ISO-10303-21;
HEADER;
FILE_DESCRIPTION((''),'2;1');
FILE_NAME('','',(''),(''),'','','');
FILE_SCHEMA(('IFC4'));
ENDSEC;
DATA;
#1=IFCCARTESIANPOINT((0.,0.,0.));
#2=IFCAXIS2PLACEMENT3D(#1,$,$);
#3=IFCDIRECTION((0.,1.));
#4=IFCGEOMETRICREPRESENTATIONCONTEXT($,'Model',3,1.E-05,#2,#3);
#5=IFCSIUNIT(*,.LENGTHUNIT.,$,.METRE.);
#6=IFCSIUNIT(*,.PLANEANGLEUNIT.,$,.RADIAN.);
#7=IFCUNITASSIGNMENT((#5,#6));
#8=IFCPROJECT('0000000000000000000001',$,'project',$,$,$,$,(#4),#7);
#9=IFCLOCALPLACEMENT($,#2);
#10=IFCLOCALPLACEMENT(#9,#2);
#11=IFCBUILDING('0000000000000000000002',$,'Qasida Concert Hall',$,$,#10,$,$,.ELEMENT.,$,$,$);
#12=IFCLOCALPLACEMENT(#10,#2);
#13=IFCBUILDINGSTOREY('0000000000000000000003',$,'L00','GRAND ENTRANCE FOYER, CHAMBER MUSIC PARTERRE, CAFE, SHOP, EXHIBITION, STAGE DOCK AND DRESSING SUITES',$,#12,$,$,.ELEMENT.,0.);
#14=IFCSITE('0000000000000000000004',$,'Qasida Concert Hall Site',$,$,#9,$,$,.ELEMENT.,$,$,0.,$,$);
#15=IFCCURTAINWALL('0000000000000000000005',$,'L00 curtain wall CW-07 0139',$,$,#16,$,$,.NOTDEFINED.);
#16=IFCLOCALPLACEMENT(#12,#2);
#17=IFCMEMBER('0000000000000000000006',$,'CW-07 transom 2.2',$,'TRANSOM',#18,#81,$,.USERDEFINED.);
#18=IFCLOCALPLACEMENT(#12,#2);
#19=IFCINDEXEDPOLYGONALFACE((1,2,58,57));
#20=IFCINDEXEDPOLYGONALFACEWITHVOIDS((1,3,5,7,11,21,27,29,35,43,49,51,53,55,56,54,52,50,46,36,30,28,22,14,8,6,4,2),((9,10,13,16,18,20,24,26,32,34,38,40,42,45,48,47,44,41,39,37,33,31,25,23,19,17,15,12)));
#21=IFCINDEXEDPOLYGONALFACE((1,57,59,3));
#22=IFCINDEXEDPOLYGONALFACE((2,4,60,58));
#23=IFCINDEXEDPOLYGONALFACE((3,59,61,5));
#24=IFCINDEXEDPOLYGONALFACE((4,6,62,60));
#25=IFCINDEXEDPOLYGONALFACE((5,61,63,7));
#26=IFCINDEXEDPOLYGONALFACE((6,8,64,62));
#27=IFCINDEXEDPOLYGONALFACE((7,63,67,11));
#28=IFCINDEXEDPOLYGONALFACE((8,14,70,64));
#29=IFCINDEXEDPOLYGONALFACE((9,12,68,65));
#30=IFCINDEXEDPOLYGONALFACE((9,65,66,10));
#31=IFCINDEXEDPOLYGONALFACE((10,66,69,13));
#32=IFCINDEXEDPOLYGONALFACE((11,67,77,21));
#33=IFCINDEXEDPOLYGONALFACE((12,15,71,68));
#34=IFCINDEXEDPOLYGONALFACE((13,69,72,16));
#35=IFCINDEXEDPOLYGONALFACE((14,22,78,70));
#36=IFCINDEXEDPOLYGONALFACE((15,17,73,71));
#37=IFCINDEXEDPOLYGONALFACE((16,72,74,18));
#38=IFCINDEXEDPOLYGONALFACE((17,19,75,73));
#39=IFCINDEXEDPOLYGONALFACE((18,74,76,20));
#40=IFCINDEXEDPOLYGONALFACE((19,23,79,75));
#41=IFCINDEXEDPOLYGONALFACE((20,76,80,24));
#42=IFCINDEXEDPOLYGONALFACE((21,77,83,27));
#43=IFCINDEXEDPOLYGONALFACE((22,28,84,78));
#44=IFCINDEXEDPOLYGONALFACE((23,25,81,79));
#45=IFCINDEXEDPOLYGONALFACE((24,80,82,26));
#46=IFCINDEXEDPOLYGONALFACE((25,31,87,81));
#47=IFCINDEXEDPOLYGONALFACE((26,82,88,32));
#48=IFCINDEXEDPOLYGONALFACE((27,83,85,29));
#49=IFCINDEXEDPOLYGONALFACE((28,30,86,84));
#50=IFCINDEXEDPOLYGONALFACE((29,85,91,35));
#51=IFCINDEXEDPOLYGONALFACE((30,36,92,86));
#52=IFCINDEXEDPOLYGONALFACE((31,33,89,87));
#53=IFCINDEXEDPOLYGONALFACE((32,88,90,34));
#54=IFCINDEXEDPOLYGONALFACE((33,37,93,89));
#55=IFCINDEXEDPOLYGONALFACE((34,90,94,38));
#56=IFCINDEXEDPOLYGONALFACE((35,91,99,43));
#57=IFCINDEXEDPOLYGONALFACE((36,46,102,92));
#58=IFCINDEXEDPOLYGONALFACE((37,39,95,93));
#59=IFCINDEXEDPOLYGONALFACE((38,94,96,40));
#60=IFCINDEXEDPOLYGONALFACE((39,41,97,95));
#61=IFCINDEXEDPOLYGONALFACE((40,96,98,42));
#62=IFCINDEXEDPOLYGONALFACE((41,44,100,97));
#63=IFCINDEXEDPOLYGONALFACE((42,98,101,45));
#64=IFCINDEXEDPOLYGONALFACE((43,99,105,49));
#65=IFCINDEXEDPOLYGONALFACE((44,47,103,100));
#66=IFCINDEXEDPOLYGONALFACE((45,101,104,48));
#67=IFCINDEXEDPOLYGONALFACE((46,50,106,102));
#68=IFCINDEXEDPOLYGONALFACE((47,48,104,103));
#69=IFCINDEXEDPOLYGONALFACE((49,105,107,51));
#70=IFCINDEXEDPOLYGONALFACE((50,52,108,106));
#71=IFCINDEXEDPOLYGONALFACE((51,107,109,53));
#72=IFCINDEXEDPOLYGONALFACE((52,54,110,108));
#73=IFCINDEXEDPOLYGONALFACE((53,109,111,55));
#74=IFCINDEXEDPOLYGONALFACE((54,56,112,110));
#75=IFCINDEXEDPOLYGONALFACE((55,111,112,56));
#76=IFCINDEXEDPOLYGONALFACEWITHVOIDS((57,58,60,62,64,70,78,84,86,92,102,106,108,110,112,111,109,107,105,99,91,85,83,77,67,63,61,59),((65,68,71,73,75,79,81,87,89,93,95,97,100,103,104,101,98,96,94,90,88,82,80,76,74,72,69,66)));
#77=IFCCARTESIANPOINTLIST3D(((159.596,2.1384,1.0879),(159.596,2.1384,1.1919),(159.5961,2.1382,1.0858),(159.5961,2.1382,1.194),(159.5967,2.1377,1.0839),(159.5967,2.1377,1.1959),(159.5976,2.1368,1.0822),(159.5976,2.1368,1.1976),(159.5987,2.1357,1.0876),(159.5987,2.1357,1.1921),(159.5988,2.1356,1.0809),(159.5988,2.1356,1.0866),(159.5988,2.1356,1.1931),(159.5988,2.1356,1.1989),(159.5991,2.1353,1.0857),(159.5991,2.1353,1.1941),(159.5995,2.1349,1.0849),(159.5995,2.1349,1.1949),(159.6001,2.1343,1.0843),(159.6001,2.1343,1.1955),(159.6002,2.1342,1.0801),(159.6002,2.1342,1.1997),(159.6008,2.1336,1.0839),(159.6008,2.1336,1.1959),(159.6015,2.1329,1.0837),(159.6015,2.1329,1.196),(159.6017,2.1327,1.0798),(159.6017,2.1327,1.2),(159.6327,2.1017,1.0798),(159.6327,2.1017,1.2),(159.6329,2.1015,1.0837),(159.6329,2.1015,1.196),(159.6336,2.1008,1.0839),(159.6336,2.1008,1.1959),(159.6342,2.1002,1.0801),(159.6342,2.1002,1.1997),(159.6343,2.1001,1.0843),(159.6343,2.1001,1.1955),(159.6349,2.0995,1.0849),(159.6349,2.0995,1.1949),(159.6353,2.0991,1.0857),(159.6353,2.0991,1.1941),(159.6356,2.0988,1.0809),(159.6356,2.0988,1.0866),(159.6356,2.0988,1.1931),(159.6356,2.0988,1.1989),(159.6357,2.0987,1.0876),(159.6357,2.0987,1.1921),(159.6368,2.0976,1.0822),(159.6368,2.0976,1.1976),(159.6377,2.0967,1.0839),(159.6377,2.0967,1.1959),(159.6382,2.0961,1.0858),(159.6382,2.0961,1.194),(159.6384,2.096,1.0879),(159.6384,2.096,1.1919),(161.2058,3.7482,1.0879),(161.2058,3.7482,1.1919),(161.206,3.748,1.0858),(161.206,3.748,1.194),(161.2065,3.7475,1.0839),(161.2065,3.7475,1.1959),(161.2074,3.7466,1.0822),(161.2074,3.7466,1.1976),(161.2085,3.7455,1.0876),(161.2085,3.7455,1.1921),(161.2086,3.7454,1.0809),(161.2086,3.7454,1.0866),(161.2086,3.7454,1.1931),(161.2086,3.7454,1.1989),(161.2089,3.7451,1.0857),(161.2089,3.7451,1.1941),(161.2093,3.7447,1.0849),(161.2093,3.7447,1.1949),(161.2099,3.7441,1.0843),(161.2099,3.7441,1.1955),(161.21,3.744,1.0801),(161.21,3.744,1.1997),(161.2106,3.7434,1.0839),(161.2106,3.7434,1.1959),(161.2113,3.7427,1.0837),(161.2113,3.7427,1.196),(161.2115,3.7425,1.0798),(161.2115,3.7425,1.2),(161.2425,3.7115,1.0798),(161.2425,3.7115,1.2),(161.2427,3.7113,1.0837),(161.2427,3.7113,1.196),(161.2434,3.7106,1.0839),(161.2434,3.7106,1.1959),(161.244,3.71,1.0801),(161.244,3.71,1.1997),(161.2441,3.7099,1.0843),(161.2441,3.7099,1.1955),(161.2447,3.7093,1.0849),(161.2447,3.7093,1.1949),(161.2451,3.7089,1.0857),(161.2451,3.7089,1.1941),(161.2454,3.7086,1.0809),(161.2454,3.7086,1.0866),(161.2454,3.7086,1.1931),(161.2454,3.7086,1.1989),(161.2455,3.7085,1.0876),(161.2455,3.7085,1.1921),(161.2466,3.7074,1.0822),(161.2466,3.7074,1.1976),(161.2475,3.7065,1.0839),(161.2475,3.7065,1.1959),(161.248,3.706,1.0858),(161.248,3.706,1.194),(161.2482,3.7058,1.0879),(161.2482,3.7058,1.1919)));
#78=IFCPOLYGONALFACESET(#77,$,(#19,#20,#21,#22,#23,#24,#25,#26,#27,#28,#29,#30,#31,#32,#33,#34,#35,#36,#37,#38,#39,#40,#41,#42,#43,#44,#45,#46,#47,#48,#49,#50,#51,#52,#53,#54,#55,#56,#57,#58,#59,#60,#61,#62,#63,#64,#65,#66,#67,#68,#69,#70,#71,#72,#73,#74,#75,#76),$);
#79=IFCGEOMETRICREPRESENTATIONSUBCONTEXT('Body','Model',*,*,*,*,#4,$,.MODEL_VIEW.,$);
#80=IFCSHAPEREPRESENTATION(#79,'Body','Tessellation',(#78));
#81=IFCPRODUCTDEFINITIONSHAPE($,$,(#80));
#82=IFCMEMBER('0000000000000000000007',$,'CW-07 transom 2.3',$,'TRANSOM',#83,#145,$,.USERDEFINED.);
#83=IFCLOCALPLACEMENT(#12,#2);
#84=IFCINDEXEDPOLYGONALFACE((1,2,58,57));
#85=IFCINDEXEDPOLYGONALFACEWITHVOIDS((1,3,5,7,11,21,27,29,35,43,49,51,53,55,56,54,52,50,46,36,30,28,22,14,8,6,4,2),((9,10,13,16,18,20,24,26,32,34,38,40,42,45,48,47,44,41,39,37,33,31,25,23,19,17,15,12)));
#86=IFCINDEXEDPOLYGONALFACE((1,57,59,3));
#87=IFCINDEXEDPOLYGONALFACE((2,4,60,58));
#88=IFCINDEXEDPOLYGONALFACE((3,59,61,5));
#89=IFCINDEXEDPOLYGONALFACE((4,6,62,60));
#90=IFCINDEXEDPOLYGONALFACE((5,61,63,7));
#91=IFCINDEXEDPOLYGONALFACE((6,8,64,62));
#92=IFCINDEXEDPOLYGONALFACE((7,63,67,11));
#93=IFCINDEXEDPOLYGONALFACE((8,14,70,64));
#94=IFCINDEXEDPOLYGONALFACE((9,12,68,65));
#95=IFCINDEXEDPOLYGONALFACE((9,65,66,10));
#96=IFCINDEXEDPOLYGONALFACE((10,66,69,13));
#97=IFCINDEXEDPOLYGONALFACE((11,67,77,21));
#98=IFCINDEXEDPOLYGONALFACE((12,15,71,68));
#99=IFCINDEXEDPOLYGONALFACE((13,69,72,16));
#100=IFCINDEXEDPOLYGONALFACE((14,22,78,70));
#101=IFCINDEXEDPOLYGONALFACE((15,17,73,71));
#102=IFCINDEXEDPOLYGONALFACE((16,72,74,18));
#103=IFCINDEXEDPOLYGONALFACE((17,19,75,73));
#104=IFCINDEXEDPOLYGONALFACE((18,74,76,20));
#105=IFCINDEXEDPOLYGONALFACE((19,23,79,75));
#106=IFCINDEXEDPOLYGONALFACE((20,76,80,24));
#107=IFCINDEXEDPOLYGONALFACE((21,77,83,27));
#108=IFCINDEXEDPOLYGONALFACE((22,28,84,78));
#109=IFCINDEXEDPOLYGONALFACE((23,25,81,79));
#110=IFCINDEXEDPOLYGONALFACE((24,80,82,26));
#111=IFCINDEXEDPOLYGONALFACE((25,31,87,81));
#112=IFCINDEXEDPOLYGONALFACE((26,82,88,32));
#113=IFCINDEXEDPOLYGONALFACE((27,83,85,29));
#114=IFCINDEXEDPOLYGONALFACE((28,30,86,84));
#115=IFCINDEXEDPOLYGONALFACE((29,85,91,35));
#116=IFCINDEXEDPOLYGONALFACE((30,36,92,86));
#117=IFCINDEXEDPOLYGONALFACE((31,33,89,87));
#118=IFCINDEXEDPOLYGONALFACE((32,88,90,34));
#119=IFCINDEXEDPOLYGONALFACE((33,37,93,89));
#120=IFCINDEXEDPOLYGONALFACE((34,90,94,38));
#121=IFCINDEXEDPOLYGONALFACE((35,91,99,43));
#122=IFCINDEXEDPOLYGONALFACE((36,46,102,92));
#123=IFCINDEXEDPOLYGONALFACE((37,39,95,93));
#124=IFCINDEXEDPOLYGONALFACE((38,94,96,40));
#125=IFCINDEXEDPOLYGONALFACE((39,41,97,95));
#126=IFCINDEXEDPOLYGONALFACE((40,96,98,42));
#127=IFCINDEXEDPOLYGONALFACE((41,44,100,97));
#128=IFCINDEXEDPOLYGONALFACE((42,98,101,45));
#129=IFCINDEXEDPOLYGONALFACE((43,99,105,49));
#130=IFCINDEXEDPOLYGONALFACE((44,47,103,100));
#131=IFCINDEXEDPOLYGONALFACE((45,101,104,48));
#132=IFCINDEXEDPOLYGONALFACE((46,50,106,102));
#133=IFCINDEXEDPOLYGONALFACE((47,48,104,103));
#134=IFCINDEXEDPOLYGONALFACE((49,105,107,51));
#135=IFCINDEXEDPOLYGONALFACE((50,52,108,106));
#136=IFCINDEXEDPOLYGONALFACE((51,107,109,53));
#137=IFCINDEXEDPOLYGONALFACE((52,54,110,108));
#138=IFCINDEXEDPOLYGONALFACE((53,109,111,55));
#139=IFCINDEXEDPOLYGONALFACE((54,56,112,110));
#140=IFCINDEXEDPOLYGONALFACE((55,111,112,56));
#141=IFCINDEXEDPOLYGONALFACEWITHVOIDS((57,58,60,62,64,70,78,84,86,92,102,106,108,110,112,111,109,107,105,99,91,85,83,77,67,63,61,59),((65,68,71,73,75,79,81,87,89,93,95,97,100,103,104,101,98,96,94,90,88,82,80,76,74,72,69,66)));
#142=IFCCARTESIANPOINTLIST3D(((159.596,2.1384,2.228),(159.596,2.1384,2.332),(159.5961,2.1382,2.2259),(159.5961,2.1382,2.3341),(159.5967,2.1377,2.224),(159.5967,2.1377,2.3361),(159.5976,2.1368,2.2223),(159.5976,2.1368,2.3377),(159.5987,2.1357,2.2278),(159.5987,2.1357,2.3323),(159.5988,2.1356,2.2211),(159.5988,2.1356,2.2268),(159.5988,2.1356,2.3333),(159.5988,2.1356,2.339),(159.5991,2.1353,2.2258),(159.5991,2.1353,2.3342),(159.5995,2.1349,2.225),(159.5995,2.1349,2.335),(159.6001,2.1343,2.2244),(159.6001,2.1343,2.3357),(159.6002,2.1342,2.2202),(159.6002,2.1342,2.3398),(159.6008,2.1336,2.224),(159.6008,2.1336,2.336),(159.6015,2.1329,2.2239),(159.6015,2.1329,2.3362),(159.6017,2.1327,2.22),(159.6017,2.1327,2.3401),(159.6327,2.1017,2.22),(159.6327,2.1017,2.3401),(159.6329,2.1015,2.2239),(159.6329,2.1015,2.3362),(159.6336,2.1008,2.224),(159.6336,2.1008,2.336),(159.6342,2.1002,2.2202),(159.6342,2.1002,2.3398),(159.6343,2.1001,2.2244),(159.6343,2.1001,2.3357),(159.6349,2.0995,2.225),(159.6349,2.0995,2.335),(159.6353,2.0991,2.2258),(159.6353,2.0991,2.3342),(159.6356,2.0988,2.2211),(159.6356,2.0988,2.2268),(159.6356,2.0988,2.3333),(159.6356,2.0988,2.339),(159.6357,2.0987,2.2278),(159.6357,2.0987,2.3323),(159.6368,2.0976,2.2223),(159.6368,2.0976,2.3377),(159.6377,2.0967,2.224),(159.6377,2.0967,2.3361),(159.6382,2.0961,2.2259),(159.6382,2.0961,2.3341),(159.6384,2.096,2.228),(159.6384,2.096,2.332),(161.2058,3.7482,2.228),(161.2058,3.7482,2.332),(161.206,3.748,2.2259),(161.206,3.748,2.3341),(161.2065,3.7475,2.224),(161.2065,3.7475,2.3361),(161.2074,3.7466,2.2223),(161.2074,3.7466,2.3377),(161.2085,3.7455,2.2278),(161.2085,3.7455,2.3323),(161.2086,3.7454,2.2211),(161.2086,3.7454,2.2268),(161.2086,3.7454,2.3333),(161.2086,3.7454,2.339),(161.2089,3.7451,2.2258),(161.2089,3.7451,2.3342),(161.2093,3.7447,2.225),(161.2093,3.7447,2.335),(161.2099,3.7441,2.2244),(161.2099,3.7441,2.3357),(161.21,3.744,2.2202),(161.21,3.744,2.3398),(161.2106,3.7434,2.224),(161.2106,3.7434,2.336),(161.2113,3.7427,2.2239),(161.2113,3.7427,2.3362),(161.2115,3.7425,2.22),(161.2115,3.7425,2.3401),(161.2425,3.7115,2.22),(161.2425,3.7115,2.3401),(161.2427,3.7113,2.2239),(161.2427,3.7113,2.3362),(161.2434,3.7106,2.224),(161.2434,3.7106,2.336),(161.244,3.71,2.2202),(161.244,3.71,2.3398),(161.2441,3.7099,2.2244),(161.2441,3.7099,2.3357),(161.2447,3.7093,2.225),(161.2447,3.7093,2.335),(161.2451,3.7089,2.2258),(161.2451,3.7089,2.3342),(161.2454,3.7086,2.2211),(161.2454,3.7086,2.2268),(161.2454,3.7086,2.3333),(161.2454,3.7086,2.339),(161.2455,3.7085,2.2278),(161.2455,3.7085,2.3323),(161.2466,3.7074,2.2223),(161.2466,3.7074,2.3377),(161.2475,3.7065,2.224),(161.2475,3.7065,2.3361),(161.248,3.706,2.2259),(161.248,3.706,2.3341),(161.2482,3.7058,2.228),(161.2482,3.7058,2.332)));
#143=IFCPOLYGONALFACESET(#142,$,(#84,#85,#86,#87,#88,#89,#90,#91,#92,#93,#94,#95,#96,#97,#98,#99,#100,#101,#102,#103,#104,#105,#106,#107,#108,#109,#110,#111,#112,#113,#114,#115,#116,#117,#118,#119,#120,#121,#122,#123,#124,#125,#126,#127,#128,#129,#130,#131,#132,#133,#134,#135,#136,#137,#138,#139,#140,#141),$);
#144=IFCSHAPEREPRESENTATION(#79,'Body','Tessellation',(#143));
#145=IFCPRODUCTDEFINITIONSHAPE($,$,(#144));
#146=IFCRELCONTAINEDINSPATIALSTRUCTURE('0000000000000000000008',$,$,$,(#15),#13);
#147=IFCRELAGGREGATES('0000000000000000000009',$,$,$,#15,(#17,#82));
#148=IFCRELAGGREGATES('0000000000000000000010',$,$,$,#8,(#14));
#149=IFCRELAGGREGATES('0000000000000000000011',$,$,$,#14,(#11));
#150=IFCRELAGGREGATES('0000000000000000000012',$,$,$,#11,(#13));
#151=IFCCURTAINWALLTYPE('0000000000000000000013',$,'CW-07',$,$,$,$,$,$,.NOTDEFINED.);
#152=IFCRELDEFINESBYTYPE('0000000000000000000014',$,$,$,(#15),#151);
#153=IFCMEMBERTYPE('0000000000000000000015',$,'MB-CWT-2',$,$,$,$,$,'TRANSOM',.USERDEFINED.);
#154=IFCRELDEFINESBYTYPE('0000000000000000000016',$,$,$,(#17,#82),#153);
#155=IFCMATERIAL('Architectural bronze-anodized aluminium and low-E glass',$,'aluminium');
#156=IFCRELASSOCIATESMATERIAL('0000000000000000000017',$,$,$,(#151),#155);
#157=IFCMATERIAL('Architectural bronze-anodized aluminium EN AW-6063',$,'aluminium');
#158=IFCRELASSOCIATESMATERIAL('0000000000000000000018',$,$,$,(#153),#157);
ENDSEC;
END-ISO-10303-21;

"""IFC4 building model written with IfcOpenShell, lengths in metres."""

from ifc_helpers import new_model, si_unit, direction, frame, origin, origin_2d, place, context, subcontext, project, spatial, hollow_rectangle, extrude, material, material_profile, profile_set, type_object, element, aggregate, save


model = new_model("IFC4")

# Units and contexts
model_context = context("Model", 3, precision=1e-05, world=origin(), true_north=direction((0.0, 1.0)))
body_context = subcontext(model_context, "Body", "Model", "MODEL_VIEW")
ifc_project = project(units=[si_unit("LENGTHUNIT", "METRE"), si_unit("PLANEANGLEUNIT", "RADIAN")], contexts=[model_context])

# Site, building, storey
site_placement = place(None, origin())
site = spatial("IfcSite", under=ifc_project, at=site_placement, Name="Qasida Concert Hall Site", CompositionType="ELEMENT", RefElevation=0.0)
building_placement = place(site_placement, origin())
building = spatial("IfcBuilding", under=site, at=building_placement, Name="Qasida Concert Hall", CompositionType="ELEMENT")
storey_placement = place(building_placement, origin())
storey = spatial("IfcBuildingStorey", under=building, at=storey_placement, Name="L00", Description="GRAND ENTRANCE FOYER, CHAMBER MUSIC PARTERRE, CAFE, SHOP, EXHIBITION, STAGE DOCK AND DRESSING SUITES", CompositionType="ELEMENT", Elevation=0.0)

# Curtain wall, members
ifc_material_1 = material(Name="Architectural bronze-anodized aluminium and low-E glass", Category="aluminium")
curtain_wall_type = type_object("IfcCurtainWallType", Name="CW-07", PredefinedType="NOTDEFINED", material=ifc_material_1)
curtain_wall_placement = place(storey_placement, origin())
curtain_wall = element("IfcCurtainWall", 1, at=curtain_wall_placement, inside=storey, type_object=curtain_wall_type, Name="L00 curtain wall CW-07 0139", PredefinedType="NOTDEFINED")
ifc_material_2 = material(Name="Architectural bronze-anodized aluminium EN AW-6063", Category="aluminium")
ifc_material_profile_1 = material_profile(ifc_material_2, hollow_rectangle(XDim=0.0601, YDim=0.1201, WallThickness=0.0039, InnerFilletRadius=0.0039, OuterFilletRadius=0.0081, at=origin_2d()), Name="CWT 120x60x4")
ifc_profile_set_1 = profile_set([ifc_material_profile_1], Name="Architectural bronze-anodized aluminium EN AW-6063")
member_type_1 = type_object("IfcMemberType", Name="MB-CWT-2", ElementType="TRANSOM", PredefinedType="USERDEFINED", material=ifc_profile_set_1)
member_1_placement = place(storey_placement, frame((159.6172, 2.1172, 1.1399), z_axis=(0.707107, 0.707107, 0.0), x_axis=(-0.707107, 0.707107, 0.0)))
member_1 = element("IfcMember", 2, at=member_1_placement, type_object=member_type_1, Name="CW-07 transom 2.2", ObjectType="TRANSOM", PredefinedType="USERDEFINED", context=body_context, shape_type="SweptSolid", body=[
    extrude(hollow_rectangle(XDim=0.0601, YDim=0.1201, WallThickness=0.0039, InnerFilletRadius=0.0039, OuterFilletRadius=0.0081, at=origin_2d()), origin(), (0.0, 0.0, 1.0), 2.2766),
])
member_2_placement = place(storey_placement, frame((159.6172, 2.1172, 2.28), z_axis=(0.707107, 0.707107, 0.0), x_axis=(-0.707107, 0.707107, 0.0)))
member_2 = element("IfcMember", 3, at=member_2_placement, type_object=member_type_1, Name="CW-07 transom 2.3", ObjectType="TRANSOM", PredefinedType="USERDEFINED", context=body_context, shape_type="SweptSolid", body=[
    extrude(hollow_rectangle(XDim=0.0601, YDim=0.1201, WallThickness=0.0039, InnerFilletRadius=0.0039, OuterFilletRadius=0.0081, at=origin_2d()), origin(), (0.0, 0.0, 1.0), 2.2766),
])
aggregate(curtain_wall, [member_1, member_2])

save(model, "model.ifc")
